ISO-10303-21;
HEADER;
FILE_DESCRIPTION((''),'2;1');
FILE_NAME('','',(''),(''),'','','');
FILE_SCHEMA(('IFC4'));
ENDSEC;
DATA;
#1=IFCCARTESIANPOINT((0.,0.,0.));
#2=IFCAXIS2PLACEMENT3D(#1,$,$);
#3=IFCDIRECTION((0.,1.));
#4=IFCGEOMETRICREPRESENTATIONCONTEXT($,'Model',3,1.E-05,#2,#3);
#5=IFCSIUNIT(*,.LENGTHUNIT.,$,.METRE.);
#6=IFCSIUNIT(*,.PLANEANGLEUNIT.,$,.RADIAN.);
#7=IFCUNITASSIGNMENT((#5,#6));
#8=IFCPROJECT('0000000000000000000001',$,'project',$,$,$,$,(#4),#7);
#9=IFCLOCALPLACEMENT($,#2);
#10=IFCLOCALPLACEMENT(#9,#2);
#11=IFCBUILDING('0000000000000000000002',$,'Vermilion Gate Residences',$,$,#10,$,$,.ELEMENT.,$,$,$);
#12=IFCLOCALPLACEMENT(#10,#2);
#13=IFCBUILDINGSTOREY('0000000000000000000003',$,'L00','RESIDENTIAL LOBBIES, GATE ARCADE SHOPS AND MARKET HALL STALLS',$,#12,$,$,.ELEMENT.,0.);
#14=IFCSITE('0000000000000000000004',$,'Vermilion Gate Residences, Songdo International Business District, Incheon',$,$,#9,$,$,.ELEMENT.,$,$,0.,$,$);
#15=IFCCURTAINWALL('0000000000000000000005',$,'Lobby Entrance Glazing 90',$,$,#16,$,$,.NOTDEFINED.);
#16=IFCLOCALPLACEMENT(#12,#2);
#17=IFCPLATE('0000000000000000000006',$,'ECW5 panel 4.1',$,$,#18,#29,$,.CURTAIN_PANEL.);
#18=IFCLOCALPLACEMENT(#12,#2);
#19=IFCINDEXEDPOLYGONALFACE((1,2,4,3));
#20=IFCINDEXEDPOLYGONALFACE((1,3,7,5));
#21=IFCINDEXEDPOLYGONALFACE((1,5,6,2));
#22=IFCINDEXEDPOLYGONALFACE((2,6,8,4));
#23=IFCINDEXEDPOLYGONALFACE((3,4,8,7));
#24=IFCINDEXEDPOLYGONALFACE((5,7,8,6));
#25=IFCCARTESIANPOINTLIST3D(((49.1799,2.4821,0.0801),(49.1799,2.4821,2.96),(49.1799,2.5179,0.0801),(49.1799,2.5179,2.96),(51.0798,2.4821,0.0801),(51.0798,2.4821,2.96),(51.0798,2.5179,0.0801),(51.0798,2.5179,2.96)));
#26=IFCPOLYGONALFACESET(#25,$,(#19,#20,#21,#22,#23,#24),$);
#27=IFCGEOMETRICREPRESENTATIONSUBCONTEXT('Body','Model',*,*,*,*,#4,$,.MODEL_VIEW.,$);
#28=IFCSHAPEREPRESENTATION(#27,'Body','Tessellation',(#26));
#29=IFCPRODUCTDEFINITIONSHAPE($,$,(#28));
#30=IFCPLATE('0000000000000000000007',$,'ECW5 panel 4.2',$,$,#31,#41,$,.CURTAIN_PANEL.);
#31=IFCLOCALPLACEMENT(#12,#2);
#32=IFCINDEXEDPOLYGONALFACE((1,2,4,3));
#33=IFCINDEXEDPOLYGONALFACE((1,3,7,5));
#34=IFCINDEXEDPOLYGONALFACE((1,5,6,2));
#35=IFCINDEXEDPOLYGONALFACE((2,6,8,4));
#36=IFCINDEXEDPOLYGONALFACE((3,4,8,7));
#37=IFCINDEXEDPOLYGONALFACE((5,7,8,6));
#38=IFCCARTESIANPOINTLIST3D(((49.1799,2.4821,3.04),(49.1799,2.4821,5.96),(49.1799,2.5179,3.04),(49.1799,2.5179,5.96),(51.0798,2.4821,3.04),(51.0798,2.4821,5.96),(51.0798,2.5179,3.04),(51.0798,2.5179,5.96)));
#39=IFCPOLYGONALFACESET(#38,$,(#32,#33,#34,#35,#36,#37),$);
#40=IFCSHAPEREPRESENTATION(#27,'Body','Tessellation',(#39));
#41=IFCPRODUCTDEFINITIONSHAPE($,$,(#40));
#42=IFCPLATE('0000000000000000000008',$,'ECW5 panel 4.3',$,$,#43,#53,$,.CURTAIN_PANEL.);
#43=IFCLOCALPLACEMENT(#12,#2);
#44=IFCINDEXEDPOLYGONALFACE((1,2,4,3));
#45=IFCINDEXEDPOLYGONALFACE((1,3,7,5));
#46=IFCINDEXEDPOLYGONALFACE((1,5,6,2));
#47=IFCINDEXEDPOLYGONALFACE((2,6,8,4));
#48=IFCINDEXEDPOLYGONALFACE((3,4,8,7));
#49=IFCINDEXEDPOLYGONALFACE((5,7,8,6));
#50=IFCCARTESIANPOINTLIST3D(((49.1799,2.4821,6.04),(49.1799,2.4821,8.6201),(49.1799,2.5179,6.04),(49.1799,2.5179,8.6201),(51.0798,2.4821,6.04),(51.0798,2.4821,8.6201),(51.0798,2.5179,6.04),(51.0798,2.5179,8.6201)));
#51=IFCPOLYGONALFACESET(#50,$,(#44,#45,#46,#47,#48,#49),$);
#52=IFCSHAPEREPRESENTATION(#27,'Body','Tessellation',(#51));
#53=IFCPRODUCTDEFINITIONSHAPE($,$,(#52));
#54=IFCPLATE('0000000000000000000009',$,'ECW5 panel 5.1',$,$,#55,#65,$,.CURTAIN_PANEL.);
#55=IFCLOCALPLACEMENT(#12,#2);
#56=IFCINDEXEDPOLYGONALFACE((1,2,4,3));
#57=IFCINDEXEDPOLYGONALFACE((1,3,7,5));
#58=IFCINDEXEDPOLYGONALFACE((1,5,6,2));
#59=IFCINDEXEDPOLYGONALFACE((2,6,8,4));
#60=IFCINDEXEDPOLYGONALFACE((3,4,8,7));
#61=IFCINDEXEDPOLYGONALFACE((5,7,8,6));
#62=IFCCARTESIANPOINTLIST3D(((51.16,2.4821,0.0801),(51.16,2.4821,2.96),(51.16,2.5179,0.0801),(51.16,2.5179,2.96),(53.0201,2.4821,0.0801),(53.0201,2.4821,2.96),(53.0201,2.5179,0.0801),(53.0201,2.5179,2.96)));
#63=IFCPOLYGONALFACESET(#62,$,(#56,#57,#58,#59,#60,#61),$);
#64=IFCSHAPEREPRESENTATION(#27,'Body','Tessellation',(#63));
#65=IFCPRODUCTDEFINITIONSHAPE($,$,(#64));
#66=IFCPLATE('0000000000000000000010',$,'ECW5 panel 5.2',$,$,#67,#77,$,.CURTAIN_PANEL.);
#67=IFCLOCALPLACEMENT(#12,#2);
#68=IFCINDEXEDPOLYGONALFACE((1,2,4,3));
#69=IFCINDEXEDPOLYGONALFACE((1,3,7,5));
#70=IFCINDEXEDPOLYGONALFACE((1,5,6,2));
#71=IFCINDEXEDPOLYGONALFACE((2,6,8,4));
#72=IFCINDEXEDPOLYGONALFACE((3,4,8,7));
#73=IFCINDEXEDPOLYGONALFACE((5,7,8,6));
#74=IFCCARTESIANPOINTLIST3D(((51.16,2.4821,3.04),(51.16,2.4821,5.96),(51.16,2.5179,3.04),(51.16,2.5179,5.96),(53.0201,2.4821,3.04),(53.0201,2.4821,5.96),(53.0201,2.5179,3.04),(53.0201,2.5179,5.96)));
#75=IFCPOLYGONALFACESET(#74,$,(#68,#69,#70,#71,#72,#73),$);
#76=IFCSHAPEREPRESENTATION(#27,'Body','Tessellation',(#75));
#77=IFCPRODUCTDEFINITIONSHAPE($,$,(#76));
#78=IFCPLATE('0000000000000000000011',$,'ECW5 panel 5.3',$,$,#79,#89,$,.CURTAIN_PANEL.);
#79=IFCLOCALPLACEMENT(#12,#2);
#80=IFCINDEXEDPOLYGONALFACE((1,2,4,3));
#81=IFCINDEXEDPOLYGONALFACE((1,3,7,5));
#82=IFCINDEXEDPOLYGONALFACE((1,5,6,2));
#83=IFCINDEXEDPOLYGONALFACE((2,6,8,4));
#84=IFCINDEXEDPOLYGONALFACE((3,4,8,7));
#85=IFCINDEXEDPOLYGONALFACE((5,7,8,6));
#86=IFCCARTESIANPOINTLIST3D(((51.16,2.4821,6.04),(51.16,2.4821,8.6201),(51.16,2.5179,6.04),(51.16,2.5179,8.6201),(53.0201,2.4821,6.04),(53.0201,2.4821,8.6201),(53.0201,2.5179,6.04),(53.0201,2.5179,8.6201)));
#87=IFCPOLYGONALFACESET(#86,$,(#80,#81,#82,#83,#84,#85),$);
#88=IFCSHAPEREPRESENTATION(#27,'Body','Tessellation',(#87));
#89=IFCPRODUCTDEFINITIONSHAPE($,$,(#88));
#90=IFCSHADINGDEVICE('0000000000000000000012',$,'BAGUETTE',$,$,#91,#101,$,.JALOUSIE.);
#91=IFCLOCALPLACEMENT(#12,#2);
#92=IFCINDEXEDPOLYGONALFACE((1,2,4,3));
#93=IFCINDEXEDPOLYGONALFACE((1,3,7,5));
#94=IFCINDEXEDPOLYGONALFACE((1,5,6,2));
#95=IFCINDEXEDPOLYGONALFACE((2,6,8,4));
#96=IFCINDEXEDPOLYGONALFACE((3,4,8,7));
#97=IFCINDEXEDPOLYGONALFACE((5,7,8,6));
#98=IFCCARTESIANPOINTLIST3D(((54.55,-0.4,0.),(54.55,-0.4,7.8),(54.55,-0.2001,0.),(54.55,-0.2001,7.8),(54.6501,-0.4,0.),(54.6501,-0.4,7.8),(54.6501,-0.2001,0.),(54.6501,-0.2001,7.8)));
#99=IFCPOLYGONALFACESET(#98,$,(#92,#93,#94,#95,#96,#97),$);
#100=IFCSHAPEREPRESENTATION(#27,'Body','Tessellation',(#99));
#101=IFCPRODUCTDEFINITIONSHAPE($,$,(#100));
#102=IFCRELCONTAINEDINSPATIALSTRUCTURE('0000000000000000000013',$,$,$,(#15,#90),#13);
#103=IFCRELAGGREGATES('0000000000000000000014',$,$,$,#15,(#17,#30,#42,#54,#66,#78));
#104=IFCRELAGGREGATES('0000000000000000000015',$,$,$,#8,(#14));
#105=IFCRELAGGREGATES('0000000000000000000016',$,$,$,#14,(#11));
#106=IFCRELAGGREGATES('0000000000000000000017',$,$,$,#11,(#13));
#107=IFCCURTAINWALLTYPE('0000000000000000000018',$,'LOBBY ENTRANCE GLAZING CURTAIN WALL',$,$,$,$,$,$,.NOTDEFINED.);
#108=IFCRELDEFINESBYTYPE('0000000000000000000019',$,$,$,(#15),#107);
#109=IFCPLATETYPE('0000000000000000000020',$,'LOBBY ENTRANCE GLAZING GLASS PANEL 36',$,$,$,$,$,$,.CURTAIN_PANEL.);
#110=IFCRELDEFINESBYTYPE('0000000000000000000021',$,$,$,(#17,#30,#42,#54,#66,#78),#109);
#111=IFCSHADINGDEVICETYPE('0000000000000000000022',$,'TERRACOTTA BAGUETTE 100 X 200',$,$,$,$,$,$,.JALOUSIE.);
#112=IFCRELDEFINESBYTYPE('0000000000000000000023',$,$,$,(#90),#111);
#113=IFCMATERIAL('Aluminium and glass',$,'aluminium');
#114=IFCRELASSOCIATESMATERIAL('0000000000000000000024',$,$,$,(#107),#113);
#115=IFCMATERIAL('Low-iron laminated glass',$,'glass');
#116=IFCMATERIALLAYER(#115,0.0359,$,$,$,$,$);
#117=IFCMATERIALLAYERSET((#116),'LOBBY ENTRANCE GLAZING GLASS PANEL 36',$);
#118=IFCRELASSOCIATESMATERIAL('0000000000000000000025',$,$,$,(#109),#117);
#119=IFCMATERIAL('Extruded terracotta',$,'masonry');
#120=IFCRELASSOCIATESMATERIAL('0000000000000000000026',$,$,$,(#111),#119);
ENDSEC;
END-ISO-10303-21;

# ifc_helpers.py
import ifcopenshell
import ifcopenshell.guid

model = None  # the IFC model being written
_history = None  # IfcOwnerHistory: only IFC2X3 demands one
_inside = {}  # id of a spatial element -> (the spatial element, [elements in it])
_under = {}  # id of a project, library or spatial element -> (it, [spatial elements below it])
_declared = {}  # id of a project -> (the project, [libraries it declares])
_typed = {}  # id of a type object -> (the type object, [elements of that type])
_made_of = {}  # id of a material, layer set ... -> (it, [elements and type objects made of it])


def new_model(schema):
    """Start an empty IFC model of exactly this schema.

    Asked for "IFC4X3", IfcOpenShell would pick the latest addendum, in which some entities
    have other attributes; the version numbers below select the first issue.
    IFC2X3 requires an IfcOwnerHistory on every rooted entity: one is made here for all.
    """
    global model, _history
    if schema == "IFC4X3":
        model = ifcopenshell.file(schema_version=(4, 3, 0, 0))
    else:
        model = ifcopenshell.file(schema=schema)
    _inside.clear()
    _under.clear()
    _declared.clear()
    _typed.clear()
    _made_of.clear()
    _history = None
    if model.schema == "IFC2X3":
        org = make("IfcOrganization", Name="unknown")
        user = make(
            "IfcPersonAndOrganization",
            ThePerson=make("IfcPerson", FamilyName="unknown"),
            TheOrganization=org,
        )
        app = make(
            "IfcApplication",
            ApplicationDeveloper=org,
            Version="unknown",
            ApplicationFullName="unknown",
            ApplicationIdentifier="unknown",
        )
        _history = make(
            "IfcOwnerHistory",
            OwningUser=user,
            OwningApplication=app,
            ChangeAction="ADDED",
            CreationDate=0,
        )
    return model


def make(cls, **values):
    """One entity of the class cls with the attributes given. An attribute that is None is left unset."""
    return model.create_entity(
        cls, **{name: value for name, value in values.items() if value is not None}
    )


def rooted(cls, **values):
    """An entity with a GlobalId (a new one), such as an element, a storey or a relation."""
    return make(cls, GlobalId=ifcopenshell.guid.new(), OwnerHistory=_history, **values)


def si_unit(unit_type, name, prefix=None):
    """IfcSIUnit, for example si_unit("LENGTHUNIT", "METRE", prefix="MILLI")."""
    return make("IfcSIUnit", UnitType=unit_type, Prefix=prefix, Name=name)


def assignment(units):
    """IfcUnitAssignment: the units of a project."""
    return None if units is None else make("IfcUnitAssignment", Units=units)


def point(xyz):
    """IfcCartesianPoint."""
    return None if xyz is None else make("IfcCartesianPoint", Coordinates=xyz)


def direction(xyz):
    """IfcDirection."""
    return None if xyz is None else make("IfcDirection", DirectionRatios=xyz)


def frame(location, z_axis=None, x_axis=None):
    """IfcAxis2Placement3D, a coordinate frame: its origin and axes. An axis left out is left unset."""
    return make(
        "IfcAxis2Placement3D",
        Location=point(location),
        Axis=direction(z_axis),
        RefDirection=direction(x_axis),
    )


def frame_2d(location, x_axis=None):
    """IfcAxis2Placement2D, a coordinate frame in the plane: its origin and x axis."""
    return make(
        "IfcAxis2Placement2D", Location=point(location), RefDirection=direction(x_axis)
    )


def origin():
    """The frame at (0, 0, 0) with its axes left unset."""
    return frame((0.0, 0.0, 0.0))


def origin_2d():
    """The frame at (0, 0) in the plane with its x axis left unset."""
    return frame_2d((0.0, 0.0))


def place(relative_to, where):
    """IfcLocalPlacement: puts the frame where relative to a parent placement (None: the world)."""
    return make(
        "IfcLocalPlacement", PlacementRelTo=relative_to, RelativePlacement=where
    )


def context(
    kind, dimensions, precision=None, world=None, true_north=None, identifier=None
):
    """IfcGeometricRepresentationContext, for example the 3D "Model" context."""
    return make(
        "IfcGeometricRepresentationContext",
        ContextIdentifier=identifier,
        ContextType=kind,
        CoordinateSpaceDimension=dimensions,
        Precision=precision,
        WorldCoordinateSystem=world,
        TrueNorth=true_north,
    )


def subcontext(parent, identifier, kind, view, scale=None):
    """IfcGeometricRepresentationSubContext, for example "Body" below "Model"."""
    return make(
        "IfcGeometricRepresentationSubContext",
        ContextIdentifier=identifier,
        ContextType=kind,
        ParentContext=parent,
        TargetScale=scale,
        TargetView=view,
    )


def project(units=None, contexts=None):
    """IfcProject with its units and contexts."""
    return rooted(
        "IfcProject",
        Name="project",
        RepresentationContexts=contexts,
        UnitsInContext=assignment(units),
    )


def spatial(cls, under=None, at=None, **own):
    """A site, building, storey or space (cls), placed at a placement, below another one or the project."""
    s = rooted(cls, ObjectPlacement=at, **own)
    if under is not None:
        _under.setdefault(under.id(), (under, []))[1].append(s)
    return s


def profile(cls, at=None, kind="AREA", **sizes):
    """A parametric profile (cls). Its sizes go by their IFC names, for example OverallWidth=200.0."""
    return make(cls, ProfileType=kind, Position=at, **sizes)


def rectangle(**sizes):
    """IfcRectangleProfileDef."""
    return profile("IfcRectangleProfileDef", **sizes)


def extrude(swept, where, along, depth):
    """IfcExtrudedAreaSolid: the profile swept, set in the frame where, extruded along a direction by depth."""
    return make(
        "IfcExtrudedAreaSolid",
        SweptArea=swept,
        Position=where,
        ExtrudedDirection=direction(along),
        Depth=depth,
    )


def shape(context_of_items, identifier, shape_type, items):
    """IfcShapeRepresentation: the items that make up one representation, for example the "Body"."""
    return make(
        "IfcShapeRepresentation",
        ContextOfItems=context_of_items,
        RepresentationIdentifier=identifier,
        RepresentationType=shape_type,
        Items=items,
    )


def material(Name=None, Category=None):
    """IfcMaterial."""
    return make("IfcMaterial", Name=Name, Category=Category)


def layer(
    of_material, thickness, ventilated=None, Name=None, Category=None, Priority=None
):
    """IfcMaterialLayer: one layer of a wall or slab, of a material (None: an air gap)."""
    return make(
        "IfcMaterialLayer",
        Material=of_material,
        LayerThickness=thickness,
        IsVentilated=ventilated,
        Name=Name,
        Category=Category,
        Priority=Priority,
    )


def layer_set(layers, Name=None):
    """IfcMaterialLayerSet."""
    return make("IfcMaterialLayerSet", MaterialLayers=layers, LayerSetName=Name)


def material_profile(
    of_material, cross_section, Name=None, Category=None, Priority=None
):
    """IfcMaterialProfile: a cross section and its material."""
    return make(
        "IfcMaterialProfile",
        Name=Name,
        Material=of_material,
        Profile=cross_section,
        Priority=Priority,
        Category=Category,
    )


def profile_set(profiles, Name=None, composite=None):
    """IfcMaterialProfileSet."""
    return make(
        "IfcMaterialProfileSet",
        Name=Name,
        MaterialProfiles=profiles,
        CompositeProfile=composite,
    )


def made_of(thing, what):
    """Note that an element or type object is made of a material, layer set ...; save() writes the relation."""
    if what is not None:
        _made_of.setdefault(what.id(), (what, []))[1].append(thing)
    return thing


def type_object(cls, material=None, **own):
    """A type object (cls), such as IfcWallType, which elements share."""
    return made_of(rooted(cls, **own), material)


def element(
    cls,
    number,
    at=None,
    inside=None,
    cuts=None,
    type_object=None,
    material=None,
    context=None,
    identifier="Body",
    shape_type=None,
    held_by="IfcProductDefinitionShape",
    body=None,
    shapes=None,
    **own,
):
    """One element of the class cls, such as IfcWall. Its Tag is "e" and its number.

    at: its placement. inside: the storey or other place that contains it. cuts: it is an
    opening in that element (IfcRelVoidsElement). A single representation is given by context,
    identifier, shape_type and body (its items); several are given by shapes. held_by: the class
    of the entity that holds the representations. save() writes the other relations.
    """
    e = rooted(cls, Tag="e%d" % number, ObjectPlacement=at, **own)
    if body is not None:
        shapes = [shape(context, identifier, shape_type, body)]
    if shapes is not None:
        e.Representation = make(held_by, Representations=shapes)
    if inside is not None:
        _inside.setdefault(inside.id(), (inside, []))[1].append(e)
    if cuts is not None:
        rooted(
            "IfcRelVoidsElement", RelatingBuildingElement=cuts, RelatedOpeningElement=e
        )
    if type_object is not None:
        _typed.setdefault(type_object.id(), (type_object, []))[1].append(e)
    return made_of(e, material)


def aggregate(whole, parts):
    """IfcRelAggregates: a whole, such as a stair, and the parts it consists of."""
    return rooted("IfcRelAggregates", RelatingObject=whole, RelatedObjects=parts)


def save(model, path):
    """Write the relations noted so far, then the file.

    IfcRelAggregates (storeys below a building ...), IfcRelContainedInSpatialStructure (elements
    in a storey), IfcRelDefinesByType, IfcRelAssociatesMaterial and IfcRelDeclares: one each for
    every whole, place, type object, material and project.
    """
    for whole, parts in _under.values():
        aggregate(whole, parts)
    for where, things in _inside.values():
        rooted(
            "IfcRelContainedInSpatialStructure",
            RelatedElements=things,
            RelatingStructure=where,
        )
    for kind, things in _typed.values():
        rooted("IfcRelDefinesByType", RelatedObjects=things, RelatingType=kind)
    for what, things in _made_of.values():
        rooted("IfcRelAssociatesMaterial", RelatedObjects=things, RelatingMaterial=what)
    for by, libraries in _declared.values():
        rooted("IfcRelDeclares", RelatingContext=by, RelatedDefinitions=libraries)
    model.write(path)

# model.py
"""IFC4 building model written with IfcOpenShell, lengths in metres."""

from ifc_helpers import new_model, si_unit, direction, frame, origin, origin_2d, place, context, subcontext, project, spatial, rectangle, extrude, material, layer, layer_set, material_profile, profile_set, type_object, element, aggregate, save


model = new_model("IFC4")

# Units and contexts
model_context = context("Model", 3, precision=1e-05, world=origin(), true_north=direction((0.0, 1.0)))
body_context = subcontext(model_context, "Body", "Model", "MODEL_VIEW")
ifc_project = project(units=[si_unit("LENGTHUNIT", "METRE"), si_unit("PLANEANGLEUNIT", "RADIAN")], contexts=[model_context])

# Site, building, storey
site_placement = place(None, origin())
site = spatial("IfcSite", under=ifc_project, at=site_placement, Name="Vermilion Gate Residences, Songdo International Business District, Incheon", CompositionType="ELEMENT", RefElevation=0.0)
building_placement = place(site_placement, origin())
building = spatial("IfcBuilding", under=site, at=building_placement, Name="Vermilion Gate Residences", CompositionType="ELEMENT")
storey_placement = place(building_placement, origin())
storey = spatial("IfcBuildingStorey", under=building, at=storey_placement, Name="L00", Description="RESIDENTIAL LOBBIES, GATE ARCADE SHOPS AND MARKET HALL STALLS", CompositionType="ELEMENT", Elevation=0.0)

# Curtain wall
ifc_material_1 = material(Name="Aluminium and glass", Category="aluminium")
curtain_wall_type = type_object("IfcCurtainWallType", Name="LOBBY ENTRANCE GLAZING CURTAIN WALL", PredefinedType="NOTDEFINED", material=ifc_material_1)
curtain_wall_placement = place(storey_placement, origin())
curtain_wall = element("IfcCurtainWall", 1, at=curtain_wall_placement, inside=storey, type_object=curtain_wall_type, Name="Lobby Entrance Glazing 90", PredefinedType="NOTDEFINED")

# Plates
ifc_material_2 = material(Name="Low-iron laminated glass", Category="glass")
ifc_layer_1 = layer(ifc_material_2, 0.0359)
ifc_layer_set_1 = layer_set([ifc_layer_1], Name="LOBBY ENTRANCE GLAZING GLASS PANEL 36")
plate_type = type_object("IfcPlateType", Name="LOBBY ENTRANCE GLAZING GLASS PANEL 36", PredefinedType="CURTAIN_PANEL", material=ifc_layer_set_1)
plate_1_placement = place(storey_placement, frame((50.1299, 2.5, 0.0801), z_axis=(0.0, 0.0, 1.0), x_axis=(1.0, 0.0, 0.0)))
plate_1 = element("IfcPlate", 2, at=plate_1_placement, type_object=plate_type, Name="ECW5 panel 4.1", PredefinedType="CURTAIN_PANEL", context=body_context, shape_type="SweptSolid", body=[
    extrude(rectangle(XDim=1.8999, YDim=0.0359, at=origin_2d()), origin(), (0.0, 0.0, 1.0), 2.8799),
])
plate_2_placement = place(storey_placement, frame((50.1299, 2.5, 3.04), z_axis=(0.0, 0.0, 1.0), x_axis=(1.0, 0.0, 0.0)))
plate_2 = element("IfcPlate", 3, at=plate_2_placement, type_object=plate_type, Name="ECW5 panel 4.2", PredefinedType="CURTAIN_PANEL", context=body_context, shape_type="SweptSolid", body=[
    extrude(rectangle(XDim=1.8999, YDim=0.0359, at=origin_2d()), origin(), (0.0, 0.0, 1.0), 2.9199),
])
plate_3_placement = place(storey_placement, frame((50.1299, 2.5, 6.04), z_axis=(0.0, 0.0, 1.0), x_axis=(1.0, 0.0, 0.0)))
plate_3 = element("IfcPlate", 4, at=plate_3_placement, type_object=plate_type, Name="ECW5 panel 4.3", PredefinedType="CURTAIN_PANEL", context=body_context, shape_type="SweptSolid", body=[
    extrude(rectangle(XDim=1.8999, YDim=0.0359, at=origin_2d()), origin(), (0.0, 0.0, 1.0), 2.5801),
])
plate_4_placement = place(storey_placement, frame((52.0901, 2.5, 0.0801), z_axis=(0.0, 0.0, 1.0), x_axis=(1.0, 0.0, 0.0)))
plate_4 = element("IfcPlate", 5, at=plate_4_placement, type_object=plate_type, Name="ECW5 panel 5.1", PredefinedType="CURTAIN_PANEL", context=body_context, shape_type="SweptSolid", body=[
    extrude(rectangle(XDim=1.8601, YDim=0.0359, at=origin_2d()), origin(), (0.0, 0.0, 1.0), 2.8799),
])
plate_5_placement = place(storey_placement, frame((52.0901, 2.5, 3.04), z_axis=(0.0, 0.0, 1.0), x_axis=(1.0, 0.0, 0.0)))
plate_5 = element("IfcPlate", 6, at=plate_5_placement, type_object=plate_type, Name="ECW5 panel 5.2", PredefinedType="CURTAIN_PANEL", context=body_context, shape_type="SweptSolid", body=[
    extrude(rectangle(XDim=1.8601, YDim=0.0359, at=origin_2d()), origin(), (0.0, 0.0, 1.0), 2.9199),
])
plate_6_placement = place(storey_placement, frame((52.0901, 2.5, 6.04), z_axis=(0.0, 0.0, 1.0), x_axis=(1.0, 0.0, 0.0)))
plate_6 = element("IfcPlate", 7, at=plate_6_placement, type_object=plate_type, Name="ECW5 panel 5.3", PredefinedType="CURTAIN_PANEL", context=body_context, shape_type="SweptSolid", body=[
    extrude(rectangle(XDim=1.8601, YDim=0.0359, at=origin_2d()), origin(), (0.0, 0.0, 1.0), 2.5801),
])
aggregate(curtain_wall, [plate_1, plate_2, plate_3, plate_4, plate_5, plate_6])

# Shading device
ifc_material_3 = material(Name="Extruded terracotta", Category="masonry")
ifc_material_profile_1 = material_profile(ifc_material_3, rectangle(XDim=0.2, YDim=0.1001, at=origin_2d()), Name="BAGUETTE 100 X 200")
ifc_profile_set_1 = profile_set([ifc_material_profile_1], Name="Extruded terracotta")
shading_device_type = type_object("IfcShadingDeviceType", Name="TERRACOTTA BAGUETTE 100 X 200", PredefinedType="JALOUSIE", material=ifc_profile_set_1)
shading_device_placement = place(storey_placement, frame((54.6001, -0.3, 0.0), z_axis=(0.0, 0.0, 1.0), x_axis=(0.0, 1.0, 0.0)))
element("IfcShadingDevice", 8, at=shading_device_placement, inside=storey, type_object=shading_device_type, Name="BAGUETTE", PredefinedType="JALOUSIE", context=body_context, shape_type="SweptSolid", body=[
    extrude(rectangle(XDim=0.2, YDim=0.1001, at=origin_2d()), origin(), (0.0, 0.0, 1.0), 7.8),
])

save(model, "model.ifc")
